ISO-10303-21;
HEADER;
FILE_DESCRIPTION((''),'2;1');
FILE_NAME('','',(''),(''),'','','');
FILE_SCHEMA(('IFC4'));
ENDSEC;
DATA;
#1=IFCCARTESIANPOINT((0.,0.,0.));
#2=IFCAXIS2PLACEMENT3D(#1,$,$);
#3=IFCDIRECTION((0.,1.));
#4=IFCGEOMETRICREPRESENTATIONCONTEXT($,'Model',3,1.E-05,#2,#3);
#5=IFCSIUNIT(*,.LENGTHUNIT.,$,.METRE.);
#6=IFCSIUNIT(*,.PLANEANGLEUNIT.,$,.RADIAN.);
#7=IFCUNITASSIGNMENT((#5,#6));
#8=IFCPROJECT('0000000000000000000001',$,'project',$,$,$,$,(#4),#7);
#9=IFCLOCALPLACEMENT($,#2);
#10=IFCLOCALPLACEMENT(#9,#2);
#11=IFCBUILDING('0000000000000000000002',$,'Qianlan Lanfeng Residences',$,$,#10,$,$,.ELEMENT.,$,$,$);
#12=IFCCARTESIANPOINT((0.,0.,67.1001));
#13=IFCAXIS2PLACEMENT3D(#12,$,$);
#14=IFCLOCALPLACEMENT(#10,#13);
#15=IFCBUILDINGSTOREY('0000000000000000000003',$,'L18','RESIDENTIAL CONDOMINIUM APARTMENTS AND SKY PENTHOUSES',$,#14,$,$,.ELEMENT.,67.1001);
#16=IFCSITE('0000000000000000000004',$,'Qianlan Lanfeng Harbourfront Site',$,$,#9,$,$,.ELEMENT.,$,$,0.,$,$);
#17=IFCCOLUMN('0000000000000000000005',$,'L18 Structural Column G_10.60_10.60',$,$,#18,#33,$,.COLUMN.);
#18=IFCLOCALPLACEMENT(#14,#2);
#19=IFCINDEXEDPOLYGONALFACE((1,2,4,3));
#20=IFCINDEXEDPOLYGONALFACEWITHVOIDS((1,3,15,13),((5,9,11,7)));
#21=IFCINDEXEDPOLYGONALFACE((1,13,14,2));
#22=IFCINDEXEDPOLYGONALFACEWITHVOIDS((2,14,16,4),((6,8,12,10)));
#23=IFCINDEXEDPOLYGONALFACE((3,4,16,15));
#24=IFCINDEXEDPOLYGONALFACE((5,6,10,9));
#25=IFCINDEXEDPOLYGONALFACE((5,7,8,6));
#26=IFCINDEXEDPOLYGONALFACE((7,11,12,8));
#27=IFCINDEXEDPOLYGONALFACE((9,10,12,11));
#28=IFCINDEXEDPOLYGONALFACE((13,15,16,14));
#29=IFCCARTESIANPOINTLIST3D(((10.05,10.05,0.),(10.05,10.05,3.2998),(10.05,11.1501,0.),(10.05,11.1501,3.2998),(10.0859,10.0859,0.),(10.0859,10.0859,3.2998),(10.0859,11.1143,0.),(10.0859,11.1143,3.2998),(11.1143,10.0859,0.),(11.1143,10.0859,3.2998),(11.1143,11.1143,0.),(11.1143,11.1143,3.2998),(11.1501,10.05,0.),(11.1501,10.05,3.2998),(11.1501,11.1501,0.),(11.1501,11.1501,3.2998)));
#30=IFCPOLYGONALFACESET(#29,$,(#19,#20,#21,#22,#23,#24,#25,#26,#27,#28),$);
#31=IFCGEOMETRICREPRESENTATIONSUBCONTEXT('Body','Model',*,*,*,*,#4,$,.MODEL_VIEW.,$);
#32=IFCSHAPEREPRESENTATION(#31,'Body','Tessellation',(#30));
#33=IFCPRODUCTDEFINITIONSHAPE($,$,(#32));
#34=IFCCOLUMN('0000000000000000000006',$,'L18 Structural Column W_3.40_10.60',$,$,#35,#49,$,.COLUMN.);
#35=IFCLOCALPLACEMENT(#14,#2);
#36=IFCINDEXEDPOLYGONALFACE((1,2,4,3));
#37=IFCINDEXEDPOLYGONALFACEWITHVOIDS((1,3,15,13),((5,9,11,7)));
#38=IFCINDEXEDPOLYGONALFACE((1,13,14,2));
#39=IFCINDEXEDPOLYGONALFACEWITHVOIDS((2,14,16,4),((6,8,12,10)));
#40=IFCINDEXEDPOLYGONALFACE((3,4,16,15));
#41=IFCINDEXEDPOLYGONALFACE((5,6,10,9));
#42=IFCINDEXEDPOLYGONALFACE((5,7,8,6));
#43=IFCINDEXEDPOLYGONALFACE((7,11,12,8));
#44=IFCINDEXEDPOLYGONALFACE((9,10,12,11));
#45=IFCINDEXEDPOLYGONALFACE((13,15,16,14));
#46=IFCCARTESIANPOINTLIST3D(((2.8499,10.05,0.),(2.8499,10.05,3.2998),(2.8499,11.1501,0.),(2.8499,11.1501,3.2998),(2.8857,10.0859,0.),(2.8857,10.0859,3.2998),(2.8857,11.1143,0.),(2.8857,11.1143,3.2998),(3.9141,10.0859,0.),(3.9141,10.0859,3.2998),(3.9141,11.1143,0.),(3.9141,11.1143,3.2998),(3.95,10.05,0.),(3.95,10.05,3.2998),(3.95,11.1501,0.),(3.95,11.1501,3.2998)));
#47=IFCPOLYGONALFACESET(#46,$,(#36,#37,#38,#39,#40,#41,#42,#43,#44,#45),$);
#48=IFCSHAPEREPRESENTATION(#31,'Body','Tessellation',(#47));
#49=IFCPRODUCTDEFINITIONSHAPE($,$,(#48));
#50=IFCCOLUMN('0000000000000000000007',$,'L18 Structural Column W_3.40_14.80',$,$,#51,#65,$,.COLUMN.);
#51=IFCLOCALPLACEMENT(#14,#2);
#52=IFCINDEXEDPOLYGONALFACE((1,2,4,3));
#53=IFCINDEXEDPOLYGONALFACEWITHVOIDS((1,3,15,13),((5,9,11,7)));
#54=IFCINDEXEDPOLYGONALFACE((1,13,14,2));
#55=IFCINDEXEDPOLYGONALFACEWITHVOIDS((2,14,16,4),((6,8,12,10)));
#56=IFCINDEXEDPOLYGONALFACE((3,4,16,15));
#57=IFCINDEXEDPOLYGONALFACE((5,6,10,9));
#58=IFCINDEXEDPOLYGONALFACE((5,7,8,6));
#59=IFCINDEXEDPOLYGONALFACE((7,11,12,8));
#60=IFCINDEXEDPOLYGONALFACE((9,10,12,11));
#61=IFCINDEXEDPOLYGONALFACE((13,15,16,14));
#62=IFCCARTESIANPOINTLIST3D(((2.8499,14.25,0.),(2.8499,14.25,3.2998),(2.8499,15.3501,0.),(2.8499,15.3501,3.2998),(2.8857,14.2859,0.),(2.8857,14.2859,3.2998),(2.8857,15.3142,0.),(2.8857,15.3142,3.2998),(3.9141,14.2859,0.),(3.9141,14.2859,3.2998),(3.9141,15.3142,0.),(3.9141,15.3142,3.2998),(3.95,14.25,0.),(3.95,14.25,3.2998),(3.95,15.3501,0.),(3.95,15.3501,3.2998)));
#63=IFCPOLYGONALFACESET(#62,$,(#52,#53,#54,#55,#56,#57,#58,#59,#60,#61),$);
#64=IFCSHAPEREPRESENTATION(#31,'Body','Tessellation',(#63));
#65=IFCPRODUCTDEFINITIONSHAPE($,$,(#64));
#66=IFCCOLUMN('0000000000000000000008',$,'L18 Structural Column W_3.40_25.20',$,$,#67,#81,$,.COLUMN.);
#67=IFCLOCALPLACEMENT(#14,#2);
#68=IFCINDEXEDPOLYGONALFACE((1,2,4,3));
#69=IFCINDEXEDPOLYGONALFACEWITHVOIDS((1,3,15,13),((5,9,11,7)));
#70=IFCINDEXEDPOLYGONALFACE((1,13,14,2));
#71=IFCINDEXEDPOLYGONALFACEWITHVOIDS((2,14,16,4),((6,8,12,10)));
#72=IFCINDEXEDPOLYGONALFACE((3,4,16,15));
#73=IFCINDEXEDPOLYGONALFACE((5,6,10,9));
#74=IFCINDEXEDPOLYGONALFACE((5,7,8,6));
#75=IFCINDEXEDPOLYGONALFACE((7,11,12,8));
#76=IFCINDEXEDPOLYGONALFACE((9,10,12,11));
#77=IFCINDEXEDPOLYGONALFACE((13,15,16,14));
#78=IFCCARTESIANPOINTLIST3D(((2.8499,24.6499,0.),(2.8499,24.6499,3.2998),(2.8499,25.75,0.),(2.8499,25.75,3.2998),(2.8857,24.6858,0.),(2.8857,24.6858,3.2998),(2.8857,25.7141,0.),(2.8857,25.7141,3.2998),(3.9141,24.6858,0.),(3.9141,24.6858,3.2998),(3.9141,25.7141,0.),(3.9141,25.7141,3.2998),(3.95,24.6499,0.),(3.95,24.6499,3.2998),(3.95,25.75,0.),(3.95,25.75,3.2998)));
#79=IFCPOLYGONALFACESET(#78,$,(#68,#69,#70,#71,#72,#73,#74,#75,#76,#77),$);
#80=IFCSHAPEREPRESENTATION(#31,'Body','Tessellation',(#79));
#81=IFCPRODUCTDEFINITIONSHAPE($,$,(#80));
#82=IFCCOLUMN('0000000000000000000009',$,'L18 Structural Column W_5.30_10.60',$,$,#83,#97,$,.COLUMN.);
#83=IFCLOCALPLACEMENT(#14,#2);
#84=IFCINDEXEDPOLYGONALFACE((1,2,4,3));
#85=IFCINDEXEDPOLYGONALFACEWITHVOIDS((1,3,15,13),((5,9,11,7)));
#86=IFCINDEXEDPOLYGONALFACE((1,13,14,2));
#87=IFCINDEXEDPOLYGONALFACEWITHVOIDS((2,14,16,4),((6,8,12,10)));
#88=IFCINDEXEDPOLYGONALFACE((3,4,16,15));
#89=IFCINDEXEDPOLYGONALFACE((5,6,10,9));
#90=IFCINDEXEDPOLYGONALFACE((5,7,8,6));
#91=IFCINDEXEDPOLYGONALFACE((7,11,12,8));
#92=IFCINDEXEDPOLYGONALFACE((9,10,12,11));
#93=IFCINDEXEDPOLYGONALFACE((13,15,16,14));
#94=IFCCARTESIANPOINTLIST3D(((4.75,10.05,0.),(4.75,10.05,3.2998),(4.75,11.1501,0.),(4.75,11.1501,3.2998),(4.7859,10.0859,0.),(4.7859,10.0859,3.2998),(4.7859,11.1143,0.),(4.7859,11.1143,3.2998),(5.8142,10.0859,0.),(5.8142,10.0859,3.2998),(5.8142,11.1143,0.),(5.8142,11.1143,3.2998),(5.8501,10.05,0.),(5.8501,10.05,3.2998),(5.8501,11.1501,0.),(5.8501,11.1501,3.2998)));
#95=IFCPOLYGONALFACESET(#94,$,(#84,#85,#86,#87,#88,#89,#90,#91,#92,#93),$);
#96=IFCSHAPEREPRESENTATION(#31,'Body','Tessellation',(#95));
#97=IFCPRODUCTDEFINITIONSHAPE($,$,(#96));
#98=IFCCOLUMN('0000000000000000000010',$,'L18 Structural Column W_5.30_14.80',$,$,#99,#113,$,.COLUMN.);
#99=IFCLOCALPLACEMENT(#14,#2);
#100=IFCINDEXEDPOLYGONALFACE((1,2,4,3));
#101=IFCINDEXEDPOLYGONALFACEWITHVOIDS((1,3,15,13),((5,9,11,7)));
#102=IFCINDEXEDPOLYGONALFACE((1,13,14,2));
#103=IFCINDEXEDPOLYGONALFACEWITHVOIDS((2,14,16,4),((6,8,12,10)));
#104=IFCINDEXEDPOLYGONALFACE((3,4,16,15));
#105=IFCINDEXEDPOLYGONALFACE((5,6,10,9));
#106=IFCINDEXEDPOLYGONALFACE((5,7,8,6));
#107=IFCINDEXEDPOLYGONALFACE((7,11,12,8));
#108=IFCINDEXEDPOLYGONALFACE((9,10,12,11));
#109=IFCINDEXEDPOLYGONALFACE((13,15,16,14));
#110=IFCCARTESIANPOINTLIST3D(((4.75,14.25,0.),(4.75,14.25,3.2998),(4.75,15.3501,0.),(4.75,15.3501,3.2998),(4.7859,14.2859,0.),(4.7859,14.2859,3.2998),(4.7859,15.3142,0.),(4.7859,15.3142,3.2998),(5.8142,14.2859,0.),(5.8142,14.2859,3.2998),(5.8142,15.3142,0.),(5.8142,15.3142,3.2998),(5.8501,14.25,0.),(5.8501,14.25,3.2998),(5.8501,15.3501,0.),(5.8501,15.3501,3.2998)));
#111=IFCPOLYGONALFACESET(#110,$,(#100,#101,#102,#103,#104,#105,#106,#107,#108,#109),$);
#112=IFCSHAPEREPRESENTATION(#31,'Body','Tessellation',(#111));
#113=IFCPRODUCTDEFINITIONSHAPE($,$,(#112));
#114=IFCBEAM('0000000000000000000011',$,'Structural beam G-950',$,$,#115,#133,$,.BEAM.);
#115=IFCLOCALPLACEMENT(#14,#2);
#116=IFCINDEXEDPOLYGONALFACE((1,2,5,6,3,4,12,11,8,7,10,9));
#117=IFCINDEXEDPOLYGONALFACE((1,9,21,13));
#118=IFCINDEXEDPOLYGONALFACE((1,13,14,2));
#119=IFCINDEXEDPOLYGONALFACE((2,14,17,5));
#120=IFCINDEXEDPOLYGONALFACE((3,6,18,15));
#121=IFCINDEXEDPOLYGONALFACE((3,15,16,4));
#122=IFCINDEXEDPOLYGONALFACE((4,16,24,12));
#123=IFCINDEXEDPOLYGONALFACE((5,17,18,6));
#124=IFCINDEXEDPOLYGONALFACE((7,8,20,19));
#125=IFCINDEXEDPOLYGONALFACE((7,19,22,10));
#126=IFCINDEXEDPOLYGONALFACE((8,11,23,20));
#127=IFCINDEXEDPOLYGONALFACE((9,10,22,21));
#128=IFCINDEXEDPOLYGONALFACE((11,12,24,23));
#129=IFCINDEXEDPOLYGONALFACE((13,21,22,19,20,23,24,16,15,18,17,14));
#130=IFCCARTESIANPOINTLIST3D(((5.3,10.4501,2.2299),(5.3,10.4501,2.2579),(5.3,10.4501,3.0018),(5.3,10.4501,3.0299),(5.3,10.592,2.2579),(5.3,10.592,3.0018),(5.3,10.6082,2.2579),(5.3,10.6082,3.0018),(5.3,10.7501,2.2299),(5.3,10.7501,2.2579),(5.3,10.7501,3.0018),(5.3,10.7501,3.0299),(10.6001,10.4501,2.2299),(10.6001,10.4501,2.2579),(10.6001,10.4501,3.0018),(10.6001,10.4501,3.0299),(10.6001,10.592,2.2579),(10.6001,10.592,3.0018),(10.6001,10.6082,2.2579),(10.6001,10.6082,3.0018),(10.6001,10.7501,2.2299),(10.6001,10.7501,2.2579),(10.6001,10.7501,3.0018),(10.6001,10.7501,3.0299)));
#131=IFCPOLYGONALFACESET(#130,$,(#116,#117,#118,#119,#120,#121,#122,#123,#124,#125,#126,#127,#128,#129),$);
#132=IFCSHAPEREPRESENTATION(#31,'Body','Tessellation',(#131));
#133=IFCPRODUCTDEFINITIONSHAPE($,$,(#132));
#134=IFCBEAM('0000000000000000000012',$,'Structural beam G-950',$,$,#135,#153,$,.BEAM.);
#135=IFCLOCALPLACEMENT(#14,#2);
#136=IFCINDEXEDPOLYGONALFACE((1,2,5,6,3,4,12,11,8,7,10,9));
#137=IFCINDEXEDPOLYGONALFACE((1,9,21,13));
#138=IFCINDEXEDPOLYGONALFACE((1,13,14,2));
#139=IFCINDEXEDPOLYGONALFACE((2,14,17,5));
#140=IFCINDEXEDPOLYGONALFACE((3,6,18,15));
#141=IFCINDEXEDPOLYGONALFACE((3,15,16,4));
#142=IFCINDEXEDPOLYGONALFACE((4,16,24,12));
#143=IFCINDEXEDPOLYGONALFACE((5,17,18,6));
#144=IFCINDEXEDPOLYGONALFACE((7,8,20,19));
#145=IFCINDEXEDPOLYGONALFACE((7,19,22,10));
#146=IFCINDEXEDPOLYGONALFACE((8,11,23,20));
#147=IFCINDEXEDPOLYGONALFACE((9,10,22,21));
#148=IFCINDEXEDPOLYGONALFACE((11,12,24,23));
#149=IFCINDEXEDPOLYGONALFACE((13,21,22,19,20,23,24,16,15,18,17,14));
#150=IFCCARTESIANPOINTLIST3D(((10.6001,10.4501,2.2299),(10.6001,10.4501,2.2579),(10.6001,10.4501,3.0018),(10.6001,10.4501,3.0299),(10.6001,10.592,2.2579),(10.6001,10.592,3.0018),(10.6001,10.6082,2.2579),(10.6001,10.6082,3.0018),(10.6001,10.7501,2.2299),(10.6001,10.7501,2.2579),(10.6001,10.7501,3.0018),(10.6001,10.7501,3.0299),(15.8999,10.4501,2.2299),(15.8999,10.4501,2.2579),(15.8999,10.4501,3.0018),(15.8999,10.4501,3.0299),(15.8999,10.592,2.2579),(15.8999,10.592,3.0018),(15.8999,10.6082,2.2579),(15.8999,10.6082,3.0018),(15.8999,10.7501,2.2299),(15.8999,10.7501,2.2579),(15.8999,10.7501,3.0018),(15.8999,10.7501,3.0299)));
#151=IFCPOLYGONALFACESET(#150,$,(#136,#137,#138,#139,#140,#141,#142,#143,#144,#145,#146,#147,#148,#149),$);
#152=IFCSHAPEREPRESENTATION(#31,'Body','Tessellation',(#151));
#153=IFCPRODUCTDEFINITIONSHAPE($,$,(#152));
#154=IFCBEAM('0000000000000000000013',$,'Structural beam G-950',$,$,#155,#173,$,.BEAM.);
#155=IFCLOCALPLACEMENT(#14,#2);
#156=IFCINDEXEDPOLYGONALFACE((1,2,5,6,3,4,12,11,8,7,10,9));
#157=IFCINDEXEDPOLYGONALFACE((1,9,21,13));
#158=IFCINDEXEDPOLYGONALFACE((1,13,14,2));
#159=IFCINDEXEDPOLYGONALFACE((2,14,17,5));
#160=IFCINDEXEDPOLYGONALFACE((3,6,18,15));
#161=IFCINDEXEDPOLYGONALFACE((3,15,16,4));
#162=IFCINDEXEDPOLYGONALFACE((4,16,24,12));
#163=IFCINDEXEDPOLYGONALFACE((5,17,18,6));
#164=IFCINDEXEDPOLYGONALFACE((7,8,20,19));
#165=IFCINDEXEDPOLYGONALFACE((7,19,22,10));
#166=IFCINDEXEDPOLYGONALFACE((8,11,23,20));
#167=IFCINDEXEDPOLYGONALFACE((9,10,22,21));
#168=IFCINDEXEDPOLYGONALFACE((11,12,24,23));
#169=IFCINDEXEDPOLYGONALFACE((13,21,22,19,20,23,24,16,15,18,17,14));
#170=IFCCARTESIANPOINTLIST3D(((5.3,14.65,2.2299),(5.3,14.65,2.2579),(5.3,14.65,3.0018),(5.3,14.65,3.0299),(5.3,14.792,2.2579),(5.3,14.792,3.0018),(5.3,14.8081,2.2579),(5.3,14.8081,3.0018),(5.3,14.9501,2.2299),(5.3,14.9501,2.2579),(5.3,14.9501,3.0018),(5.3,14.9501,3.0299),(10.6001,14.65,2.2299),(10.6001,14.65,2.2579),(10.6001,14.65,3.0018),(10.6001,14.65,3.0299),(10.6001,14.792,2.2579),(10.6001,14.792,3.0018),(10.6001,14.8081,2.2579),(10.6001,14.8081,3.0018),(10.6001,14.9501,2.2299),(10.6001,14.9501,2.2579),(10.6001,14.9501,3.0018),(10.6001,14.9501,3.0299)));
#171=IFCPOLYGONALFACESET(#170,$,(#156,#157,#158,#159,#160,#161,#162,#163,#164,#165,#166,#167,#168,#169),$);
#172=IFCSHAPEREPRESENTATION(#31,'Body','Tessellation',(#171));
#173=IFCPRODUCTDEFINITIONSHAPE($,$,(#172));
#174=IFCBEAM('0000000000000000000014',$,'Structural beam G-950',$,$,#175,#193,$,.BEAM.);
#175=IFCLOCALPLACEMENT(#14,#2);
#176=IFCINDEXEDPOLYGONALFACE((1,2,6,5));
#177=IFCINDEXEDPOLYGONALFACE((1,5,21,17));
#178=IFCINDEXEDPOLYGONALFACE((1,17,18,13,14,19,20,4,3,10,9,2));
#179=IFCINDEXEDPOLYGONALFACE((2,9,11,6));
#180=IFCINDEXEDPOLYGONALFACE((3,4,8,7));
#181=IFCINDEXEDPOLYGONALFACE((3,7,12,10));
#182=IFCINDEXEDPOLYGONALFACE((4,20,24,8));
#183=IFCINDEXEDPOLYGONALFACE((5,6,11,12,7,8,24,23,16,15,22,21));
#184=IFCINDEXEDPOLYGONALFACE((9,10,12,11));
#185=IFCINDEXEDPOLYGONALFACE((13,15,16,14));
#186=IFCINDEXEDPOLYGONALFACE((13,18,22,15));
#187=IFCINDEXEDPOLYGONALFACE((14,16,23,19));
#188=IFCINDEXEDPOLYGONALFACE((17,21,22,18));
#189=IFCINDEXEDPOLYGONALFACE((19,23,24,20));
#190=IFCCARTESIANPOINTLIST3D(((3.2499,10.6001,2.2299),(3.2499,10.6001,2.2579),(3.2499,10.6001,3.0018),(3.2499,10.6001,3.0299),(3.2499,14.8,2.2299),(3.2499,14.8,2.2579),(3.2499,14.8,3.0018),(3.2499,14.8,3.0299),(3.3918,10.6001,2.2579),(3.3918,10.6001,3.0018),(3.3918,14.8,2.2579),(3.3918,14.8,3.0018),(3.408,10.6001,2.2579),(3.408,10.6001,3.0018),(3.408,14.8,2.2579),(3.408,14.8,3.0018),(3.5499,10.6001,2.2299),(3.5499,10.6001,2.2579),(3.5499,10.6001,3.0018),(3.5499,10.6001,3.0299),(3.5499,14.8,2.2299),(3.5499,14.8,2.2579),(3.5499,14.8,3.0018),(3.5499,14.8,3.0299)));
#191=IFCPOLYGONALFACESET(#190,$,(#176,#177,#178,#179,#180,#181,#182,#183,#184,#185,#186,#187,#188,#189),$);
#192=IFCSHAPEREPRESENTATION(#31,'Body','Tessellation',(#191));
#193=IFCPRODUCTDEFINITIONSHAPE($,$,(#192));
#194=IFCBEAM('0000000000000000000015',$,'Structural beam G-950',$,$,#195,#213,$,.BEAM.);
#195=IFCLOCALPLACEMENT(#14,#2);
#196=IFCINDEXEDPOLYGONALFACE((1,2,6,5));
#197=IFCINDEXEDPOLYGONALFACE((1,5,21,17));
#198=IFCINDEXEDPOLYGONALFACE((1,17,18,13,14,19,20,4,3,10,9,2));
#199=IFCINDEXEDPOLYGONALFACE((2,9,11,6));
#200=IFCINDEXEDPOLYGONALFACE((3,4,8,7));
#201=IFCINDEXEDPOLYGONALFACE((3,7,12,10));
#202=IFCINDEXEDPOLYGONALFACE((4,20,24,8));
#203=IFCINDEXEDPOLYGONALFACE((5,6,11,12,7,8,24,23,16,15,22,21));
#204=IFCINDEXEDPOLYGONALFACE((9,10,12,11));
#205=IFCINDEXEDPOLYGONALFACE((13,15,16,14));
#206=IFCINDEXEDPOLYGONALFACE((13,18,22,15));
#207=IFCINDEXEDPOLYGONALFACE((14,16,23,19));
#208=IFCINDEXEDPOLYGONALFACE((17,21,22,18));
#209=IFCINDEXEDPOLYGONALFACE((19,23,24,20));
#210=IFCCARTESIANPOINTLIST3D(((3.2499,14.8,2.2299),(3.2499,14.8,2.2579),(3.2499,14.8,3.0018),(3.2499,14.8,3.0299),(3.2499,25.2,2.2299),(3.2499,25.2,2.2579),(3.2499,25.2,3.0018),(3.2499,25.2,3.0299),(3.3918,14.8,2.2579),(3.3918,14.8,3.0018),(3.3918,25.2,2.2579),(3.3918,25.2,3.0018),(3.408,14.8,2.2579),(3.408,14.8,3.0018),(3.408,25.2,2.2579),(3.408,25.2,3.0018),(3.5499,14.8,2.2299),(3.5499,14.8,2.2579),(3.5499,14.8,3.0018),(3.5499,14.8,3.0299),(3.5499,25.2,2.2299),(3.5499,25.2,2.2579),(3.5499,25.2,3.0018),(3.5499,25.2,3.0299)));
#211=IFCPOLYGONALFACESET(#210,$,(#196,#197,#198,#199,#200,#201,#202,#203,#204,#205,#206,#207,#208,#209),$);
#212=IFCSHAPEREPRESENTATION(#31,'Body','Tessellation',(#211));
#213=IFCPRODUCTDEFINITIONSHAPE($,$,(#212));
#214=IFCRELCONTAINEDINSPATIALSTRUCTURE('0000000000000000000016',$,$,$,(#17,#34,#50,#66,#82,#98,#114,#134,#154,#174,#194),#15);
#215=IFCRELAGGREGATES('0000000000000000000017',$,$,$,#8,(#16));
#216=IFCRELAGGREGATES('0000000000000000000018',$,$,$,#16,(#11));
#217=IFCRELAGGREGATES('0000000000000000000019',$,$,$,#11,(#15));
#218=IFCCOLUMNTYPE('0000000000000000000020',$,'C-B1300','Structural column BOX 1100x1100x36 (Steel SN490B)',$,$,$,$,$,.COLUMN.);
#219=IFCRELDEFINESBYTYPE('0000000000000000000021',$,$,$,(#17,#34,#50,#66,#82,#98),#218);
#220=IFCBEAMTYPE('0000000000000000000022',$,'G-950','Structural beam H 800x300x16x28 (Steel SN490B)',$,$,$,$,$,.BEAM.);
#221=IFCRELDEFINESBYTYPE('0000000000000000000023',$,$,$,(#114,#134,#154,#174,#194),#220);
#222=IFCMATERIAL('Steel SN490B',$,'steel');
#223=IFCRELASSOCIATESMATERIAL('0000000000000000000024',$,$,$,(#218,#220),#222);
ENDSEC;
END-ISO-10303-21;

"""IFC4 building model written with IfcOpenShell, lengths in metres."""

from ifc_helpers import new_model, si_unit, direction, frame, origin, origin_2d, place, context, subcontext, project, spatial, hollow_rectangle, i_section, extrude, material, material_profile, profile_set, type_object, element, save


model = new_model("IFC4")

# Units and contexts
model_context = context("Model", 3, precision=1e-05, world=origin(), true_north=direction((0.0, 1.0)))
body_context = subcontext(model_context, "Body", "Model", "MODEL_VIEW")
ifc_project = project(units=[si_unit("LENGTHUNIT", "METRE"), si_unit("PLANEANGLEUNIT", "RADIAN")], contexts=[model_context])

# Site, building, storey
site_placement = place(None, origin())
site = spatial("IfcSite", under=ifc_project, at=site_placement, Name="Qianlan Lanfeng Harbourfront Site", CompositionType="ELEMENT", RefElevation=0.0)
building_placement = place(site_placement, origin())
building = spatial("IfcBuilding", under=site, at=building_placement, Name="Qianlan Lanfeng Residences", CompositionType="ELEMENT")
storey_placement = place(building_placement, frame((0.0, 0.0, 67.1001)))
storey = spatial("IfcBuildingStorey", under=building, at=storey_placement, Name="L18", Description="RESIDENTIAL CONDOMINIUM APARTMENTS AND SKY PENTHOUSES", CompositionType="ELEMENT", Elevation=67.1001)

# Columns
ifc_material_1 = material(Name="Steel SN490B", Category="steel")
ifc_material_profile_1 = material_profile(ifc_material_1, hollow_rectangle(XDim=1.1001, YDim=1.1001, WallThickness=0.0359, at=origin_2d()), Name="BOX 1100x1100x36")
ifc_profile_set_1 = profile_set([ifc_material_profile_1], Name="Steel SN490B")
column_type = type_object("IfcColumnType", Name="C-B1300", Description="Structural column BOX 1100x1100x36 (Steel SN490B)", PredefinedType="COLUMN", material=ifc_profile_set_1)
for number, where, z_axis, x_axis, name in (
    (1, (10.6001, 10.6001, 0.0), (0.0, 0.0, 1.0), (1.0, 0.0, 0.0), "L18 Structural Column G_10.60_10.60"),
    (2, (3.3999, 10.6001, 0.0), (0.0, 0.0, 1.0), (1.0, 0.0, 0.0), "L18 Structural Column W_3.40_10.60"),
    (3, (3.3999, 14.8, 0.0), (0.0, 0.0, 1.0), (1.0, 0.0, 0.0), "L18 Structural Column W_3.40_14.80"),
    (4, (3.3999, 25.2, 0.0), (0.0, 0.0, 1.0), (1.0, 0.0, 0.0), "L18 Structural Column W_3.40_25.20"),
    (5, (5.3, 10.6001, 0.0), (0.0, 0.0, 1.0), (1.0, 0.0, 0.0), "L18 Structural Column W_5.30_10.60"),
    (6, (5.3, 14.8, 0.0), (0.0, 0.0, 1.0), (1.0, 0.0, 0.0), "L18 Structural Column W_5.30_14.80"),
):
    element("IfcColumn", number, at=place(storey_placement, frame(where, z_axis=z_axis, x_axis=x_axis)), inside=storey, type_object=column_type, Name=name, PredefinedType="COLUMN", context=body_context, shape_type="SweptSolid", body=[
        extrude(hollow_rectangle(XDim=1.1001, YDim=1.1001, WallThickness=0.0359, at=origin_2d()), origin(), (0.0, 0.0, 1.0), 3.2998),
    ])

# Beams
ifc_material_profile_2 = material_profile(ifc_material_1, i_section(OverallWidth=0.3, OverallDepth=0.8, WebThickness=0.0161, FlangeThickness=0.0281, at=origin_2d()), Name="H 800x300x16x28")
ifc_profile_set_2 = profile_set([ifc_material_profile_2], Name="Steel SN490B")
beam_type_1 = type_object("IfcBeamType", Name="G-950", Description="Structural beam H 800x300x16x28 (Steel SN490B)", PredefinedType="BEAM", material=ifc_profile_set_2)
beam_1_placement = place(storey_placement, frame((5.3, 10.6001, 2.6299), z_axis=(1.0, 0.0, 0.0), x_axis=(0.0, 1.0, 0.0)))
element("IfcBeam", 7, at=beam_1_placement, inside=storey, type_object=beam_type_1, Name="Structural beam G-950", PredefinedType="BEAM", context=body_context, shape_type="SweptSolid", body=[
    extrude(i_section(OverallWidth=0.3, OverallDepth=0.8, WebThickness=0.0161, FlangeThickness=0.0281, at=origin_2d()), origin(), (0.0, 0.0, 1.0), 5.3),
])
beam_2_placement = place(storey_placement, frame((10.6001, 10.6001, 2.6299), z_axis=(1.0, 0.0, 0.0), x_axis=(0.0, 1.0, 0.0)))
element("IfcBeam", 8, at=beam_2_placement, inside=storey, type_object=beam_type_1, Name="Structural beam G-950", PredefinedType="BEAM", context=body_context, shape_type="SweptSolid", body=[
    extrude(i_section(OverallWidth=0.3, OverallDepth=0.8, WebThickness=0.0161, FlangeThickness=0.0281, at=origin_2d()), origin(), (0.0, 0.0, 1.0), 5.2998),
])
beam_3_placement = place(storey_placement, frame((5.3, 14.8, 2.6299), z_axis=(1.0, 0.0, 0.0), x_axis=(0.0, 1.0, 0.0)))
element("IfcBeam", 9, at=beam_3_placement, inside=storey, type_object=beam_type_1, Name="Structural beam G-950", PredefinedType="BEAM", context=body_context, shape_type="SweptSolid", body=[
    extrude(i_section(OverallWidth=0.3, OverallDepth=0.8, WebThickness=0.0161, FlangeThickness=0.0281, at=origin_2d()), origin(), (0.0, 0.0, 1.0), 5.3),
])
beam_4_placement = place(storey_placement, frame((3.3999, 10.6001, 2.6299), z_axis=(0.0, 1.0, 0.0), x_axis=(-1.0, 0.0, 0.0)))
element("IfcBeam", 10, at=beam_4_placement, inside=storey, type_object=beam_type_1, Name="Structural beam G-950", PredefinedType="BEAM", context=body_context, shape_type="SweptSolid", body=[
    extrude(i_section(OverallWidth=0.3, OverallDepth=0.8, WebThickness=0.0161, FlangeThickness=0.0281, at=origin_2d()), origin(), (0.0, 0.0, 1.0), 4.2),
])
beam_5_placement = place(storey_placement, frame((3.3999, 14.8, 2.6299), z_axis=(0.0, 1.0, 0.0), x_axis=(-1.0, 0.0, 0.0)))
element("IfcBeam", 11, at=beam_5_placement, inside=storey, type_object=beam_type_1, Name="Structural beam G-950", PredefinedType="BEAM", context=body_context, shape_type="SweptSolid", body=[
    extrude(i_section(OverallWidth=0.3, OverallDepth=0.8, WebThickness=0.0161, FlangeThickness=0.0281, at=origin_2d()), origin(), (0.0, 0.0, 1.0), 10.3999),
])

save(model, "model.ifc")
